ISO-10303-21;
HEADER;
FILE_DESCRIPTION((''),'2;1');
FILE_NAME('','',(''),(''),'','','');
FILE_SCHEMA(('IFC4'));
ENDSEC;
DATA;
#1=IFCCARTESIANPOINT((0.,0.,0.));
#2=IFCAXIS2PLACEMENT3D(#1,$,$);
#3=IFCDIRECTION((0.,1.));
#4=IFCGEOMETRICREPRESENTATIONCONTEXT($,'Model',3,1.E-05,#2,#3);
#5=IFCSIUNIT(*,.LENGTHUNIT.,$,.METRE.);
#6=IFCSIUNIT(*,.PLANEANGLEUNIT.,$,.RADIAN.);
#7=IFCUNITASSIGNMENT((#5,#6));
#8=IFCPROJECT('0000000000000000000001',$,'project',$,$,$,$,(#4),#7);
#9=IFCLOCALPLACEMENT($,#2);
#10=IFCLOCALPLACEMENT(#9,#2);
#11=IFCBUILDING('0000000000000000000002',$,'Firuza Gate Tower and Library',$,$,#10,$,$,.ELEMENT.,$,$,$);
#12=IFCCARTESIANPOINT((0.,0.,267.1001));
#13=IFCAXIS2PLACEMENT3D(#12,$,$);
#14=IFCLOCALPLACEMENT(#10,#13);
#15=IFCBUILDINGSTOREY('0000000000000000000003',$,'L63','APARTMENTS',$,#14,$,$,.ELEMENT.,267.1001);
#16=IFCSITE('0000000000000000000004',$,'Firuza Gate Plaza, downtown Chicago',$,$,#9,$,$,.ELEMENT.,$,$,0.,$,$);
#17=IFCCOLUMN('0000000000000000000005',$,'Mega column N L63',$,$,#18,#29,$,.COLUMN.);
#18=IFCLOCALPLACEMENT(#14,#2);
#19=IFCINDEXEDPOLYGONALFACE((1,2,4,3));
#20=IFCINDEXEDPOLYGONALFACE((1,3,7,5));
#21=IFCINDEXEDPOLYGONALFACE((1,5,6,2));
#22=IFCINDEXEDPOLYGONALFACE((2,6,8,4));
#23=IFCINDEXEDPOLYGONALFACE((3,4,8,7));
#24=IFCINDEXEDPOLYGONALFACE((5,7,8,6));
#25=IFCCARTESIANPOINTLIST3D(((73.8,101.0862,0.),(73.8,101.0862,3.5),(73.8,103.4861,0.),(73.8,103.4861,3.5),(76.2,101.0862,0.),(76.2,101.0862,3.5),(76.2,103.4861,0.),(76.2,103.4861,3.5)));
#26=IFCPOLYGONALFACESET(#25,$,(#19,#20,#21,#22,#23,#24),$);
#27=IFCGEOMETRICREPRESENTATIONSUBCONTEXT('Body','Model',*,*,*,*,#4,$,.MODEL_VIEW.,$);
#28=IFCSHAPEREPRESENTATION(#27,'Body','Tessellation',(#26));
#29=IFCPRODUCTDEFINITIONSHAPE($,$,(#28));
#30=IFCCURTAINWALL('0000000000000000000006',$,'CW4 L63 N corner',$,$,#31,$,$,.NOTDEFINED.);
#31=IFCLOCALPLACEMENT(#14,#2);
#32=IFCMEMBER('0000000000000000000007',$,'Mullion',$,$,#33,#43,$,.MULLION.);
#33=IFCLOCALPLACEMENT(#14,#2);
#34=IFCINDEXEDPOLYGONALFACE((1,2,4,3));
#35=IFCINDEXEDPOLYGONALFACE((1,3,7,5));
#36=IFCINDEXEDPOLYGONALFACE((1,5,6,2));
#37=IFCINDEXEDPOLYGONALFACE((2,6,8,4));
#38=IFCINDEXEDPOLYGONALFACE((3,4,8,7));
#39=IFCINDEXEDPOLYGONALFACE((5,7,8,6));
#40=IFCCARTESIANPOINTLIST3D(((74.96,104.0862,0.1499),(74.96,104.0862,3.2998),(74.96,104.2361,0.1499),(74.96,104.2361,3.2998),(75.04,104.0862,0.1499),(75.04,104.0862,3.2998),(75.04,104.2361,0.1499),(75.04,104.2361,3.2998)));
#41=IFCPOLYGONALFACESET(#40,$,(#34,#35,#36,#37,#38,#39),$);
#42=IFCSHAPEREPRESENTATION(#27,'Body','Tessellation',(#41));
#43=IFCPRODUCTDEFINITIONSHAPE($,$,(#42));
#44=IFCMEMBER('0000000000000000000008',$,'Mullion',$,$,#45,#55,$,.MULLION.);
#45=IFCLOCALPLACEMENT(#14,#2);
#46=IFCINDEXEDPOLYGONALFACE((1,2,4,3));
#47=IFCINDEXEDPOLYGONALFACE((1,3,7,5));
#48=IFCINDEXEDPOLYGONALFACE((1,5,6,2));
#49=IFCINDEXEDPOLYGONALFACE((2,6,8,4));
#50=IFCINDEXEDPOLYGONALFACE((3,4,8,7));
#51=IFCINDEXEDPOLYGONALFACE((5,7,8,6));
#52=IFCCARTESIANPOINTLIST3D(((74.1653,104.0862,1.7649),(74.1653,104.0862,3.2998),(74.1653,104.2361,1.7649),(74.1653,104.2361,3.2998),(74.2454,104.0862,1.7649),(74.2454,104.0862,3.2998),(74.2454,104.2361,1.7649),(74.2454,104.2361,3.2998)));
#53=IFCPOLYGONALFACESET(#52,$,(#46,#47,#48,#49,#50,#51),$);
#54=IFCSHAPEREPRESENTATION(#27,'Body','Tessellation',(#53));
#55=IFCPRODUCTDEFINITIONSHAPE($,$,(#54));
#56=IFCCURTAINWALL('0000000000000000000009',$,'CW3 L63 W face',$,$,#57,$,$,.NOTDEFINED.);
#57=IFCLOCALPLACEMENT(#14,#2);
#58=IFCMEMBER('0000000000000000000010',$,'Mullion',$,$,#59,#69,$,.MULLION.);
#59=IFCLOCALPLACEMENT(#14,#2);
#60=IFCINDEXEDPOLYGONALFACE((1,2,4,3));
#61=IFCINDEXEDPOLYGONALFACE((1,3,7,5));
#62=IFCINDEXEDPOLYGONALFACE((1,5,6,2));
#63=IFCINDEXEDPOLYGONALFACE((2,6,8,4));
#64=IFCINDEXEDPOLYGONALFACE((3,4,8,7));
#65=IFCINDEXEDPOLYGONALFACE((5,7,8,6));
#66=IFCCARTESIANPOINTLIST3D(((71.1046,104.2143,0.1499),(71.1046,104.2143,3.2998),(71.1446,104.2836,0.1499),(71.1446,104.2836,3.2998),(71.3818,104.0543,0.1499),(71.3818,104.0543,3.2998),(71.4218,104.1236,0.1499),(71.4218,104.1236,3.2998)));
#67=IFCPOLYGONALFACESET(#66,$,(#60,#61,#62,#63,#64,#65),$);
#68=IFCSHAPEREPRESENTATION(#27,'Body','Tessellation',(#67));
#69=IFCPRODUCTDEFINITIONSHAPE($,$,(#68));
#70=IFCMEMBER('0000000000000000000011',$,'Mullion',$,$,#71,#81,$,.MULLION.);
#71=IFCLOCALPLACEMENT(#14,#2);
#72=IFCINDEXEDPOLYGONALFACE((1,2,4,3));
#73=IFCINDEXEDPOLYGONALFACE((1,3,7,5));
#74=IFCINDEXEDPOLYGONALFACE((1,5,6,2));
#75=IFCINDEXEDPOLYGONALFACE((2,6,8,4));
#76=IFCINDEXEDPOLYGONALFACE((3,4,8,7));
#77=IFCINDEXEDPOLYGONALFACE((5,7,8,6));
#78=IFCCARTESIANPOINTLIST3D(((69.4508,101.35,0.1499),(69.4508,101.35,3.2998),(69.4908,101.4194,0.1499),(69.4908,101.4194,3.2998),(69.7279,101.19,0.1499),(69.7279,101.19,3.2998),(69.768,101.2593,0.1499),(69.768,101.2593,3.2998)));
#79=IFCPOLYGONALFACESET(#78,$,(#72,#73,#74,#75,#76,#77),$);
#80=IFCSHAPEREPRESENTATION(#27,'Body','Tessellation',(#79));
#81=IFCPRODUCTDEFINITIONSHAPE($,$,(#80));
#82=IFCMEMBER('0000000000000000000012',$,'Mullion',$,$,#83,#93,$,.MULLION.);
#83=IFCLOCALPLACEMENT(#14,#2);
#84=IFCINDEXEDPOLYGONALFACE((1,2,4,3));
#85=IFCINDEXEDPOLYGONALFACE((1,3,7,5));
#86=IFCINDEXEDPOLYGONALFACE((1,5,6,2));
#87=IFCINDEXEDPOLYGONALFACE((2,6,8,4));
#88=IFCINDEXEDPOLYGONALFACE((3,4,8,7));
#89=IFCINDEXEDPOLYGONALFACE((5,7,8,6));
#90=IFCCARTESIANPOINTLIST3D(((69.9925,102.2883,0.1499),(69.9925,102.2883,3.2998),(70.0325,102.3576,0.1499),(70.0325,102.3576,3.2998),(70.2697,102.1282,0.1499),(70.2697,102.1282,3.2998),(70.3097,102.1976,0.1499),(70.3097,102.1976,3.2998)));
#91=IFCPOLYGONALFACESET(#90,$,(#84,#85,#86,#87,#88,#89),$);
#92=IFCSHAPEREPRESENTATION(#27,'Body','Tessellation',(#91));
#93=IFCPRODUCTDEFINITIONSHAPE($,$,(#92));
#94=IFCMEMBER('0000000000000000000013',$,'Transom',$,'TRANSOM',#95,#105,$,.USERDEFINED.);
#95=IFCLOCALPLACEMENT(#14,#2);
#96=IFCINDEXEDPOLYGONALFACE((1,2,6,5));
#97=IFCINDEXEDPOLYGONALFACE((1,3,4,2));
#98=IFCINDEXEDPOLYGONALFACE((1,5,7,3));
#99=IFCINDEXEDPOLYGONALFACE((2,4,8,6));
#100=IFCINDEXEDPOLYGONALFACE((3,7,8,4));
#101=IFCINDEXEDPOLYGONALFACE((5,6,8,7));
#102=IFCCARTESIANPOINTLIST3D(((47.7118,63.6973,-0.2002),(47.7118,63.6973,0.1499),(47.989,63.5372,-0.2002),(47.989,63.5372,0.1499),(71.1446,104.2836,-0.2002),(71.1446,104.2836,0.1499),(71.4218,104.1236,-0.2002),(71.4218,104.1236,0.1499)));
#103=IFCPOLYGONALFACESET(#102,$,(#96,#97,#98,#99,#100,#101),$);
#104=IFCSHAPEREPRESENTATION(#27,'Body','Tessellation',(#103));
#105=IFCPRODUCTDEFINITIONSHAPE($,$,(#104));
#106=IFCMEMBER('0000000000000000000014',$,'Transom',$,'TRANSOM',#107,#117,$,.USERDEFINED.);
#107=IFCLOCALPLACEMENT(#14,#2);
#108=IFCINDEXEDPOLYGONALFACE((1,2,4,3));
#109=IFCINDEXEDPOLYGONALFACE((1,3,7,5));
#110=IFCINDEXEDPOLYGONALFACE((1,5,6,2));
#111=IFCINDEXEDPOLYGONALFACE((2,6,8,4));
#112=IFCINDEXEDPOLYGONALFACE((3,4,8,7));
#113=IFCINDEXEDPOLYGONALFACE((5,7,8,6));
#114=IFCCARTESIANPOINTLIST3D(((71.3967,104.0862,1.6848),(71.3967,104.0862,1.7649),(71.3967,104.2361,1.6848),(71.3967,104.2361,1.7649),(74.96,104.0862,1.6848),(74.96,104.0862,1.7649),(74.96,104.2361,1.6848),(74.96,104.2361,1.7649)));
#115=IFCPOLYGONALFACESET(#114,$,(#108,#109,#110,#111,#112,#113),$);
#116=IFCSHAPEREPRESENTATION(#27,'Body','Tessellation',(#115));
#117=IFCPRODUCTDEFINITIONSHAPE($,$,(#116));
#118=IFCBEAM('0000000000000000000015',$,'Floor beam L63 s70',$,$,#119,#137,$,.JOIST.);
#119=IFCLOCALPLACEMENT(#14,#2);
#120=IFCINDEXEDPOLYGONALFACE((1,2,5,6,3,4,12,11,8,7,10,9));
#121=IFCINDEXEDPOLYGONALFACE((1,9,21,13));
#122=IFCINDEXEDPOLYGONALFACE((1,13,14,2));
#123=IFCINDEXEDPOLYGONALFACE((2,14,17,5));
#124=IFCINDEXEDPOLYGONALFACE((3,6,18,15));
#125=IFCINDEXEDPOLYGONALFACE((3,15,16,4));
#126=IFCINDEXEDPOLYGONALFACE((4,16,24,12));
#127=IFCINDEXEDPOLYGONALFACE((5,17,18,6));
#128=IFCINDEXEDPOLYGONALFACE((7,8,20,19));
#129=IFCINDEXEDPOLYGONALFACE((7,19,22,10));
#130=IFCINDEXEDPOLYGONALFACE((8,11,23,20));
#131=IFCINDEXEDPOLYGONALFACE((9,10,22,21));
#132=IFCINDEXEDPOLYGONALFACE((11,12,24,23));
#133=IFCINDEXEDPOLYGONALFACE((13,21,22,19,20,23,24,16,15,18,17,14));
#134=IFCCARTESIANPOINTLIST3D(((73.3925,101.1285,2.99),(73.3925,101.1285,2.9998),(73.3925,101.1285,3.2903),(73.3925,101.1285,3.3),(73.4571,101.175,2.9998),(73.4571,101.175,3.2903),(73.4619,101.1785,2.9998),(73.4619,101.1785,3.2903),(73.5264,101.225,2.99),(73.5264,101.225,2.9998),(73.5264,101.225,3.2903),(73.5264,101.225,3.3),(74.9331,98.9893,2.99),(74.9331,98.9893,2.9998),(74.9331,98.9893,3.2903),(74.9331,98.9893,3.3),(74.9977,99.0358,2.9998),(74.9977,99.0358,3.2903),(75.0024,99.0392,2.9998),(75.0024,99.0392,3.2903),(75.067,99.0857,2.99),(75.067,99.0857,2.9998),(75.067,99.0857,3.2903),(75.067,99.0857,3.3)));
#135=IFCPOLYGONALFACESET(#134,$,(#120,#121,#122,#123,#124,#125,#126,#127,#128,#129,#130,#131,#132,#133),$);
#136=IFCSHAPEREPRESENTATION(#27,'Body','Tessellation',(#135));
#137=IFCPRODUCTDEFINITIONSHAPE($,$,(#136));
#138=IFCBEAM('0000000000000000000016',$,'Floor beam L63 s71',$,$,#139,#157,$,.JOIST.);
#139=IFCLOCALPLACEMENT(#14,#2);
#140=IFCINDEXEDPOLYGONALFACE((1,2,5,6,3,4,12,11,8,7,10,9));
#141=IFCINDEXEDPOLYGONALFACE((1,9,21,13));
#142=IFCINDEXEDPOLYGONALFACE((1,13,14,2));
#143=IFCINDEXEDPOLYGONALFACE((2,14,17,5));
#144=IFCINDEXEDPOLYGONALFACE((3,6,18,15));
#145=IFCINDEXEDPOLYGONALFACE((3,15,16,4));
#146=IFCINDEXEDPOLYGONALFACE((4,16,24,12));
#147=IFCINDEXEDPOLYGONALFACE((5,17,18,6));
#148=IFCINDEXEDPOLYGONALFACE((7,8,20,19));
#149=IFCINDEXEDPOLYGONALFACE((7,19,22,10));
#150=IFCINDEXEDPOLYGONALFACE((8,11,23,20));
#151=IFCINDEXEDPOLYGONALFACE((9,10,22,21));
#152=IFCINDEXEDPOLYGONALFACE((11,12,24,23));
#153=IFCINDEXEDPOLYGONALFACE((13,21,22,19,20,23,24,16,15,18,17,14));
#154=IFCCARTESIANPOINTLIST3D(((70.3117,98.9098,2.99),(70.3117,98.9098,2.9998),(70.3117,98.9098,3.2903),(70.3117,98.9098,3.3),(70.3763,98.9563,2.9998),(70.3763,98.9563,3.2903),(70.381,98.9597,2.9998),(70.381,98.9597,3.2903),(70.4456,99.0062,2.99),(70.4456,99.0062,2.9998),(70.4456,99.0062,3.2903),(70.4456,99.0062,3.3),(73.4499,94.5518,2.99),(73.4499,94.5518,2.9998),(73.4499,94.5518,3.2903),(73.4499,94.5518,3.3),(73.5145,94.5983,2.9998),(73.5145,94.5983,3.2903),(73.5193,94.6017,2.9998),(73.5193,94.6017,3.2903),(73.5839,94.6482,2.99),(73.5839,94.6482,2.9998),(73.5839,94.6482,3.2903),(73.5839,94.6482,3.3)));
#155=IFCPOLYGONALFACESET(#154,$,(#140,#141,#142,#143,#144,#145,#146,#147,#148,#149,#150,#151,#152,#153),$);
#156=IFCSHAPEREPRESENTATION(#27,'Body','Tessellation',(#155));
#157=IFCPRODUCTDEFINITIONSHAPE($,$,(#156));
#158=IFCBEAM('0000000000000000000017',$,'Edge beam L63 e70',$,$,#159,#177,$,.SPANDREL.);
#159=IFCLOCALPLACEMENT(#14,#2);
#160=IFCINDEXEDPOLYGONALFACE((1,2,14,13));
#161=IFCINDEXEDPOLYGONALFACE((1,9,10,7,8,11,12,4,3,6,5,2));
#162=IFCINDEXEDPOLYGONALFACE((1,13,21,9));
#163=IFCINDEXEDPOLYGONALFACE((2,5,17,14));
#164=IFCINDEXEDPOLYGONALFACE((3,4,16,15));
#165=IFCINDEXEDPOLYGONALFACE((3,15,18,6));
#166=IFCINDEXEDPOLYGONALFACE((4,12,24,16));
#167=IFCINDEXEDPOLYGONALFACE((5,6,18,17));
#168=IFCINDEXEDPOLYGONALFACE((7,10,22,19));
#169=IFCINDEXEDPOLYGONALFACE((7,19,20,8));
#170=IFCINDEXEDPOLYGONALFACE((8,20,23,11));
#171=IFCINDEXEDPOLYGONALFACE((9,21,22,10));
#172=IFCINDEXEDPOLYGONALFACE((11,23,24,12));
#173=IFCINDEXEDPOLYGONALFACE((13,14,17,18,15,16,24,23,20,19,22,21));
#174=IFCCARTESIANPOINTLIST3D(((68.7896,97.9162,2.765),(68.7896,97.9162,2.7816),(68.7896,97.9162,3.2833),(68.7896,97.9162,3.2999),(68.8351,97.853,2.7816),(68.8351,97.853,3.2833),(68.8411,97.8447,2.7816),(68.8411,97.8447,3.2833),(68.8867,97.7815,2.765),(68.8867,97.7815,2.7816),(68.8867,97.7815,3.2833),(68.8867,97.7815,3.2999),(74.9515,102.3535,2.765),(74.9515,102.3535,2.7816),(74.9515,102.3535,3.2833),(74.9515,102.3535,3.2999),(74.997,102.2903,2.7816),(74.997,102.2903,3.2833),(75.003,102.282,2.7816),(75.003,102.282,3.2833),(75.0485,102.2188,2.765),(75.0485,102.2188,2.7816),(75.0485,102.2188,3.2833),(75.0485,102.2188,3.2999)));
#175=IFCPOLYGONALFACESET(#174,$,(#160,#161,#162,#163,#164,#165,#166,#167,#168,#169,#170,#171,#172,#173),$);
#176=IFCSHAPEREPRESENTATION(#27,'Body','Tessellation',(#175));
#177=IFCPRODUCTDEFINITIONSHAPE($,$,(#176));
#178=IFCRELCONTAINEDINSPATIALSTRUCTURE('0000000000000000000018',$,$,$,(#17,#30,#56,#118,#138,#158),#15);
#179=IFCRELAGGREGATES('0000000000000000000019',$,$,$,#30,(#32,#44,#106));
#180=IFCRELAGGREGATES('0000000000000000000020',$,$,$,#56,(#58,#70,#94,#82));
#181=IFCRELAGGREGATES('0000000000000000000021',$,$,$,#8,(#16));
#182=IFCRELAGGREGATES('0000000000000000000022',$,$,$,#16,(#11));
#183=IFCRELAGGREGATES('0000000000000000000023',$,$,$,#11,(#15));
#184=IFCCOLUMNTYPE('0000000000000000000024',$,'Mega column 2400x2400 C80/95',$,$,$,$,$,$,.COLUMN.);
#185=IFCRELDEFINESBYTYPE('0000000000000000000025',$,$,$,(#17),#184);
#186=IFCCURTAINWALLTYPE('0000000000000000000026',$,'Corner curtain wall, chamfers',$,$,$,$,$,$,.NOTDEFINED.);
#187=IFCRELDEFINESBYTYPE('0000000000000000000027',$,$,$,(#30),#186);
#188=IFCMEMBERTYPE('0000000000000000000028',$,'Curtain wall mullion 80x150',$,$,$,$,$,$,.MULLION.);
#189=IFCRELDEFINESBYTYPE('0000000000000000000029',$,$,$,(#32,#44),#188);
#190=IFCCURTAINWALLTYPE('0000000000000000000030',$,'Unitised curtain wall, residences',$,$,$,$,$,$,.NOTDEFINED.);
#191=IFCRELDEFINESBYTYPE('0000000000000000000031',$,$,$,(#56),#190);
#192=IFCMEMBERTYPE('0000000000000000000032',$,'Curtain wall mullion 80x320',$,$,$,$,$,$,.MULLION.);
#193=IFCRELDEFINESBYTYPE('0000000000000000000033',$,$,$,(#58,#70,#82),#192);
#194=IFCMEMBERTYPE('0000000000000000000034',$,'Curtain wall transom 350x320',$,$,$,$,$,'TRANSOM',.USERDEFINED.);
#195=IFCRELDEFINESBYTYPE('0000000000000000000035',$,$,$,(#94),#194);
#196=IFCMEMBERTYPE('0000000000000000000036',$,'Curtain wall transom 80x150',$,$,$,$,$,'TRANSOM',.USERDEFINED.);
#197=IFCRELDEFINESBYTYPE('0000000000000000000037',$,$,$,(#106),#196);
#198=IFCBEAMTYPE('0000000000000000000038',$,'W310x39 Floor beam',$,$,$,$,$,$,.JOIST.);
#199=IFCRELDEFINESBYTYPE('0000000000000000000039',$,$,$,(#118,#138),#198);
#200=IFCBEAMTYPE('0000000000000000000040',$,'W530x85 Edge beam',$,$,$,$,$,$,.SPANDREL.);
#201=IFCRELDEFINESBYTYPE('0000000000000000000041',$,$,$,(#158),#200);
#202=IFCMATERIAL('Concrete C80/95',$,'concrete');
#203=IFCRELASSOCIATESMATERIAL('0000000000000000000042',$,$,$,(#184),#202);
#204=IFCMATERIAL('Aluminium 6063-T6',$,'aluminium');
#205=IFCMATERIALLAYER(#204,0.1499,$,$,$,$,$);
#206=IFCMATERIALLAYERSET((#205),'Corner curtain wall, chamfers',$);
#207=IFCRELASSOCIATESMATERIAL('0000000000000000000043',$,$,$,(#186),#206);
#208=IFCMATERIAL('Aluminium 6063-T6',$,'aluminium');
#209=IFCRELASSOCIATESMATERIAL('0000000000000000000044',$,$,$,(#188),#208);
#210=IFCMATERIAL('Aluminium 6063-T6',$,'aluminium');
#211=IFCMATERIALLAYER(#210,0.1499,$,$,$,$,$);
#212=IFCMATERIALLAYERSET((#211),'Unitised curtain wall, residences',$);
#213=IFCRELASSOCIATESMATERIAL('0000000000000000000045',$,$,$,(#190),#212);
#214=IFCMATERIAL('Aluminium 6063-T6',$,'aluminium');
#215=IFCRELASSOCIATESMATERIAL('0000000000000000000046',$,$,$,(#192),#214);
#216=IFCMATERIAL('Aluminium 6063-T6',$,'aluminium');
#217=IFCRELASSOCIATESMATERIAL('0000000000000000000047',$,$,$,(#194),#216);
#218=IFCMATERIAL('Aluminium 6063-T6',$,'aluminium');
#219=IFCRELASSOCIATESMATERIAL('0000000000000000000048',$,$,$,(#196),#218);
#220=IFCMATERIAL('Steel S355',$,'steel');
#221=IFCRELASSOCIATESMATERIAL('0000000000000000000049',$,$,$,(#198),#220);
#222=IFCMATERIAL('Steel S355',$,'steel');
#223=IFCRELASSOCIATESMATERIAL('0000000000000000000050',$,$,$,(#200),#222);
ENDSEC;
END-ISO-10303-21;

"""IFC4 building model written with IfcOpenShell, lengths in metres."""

from ifc_helpers import new_model, si_unit, direction, frame, origin, origin_2d, place, context, subcontext, project, spatial, rectangle, i_section, extrude, material, layer, layer_set, material_profile, profile_set, type_object, element, aggregate, save


model = new_model("IFC4")

# Units and contexts
model_context = context("Model", 3, precision=1e-05, world=origin(), true_north=direction((0.0, 1.0)))
body_context = subcontext(model_context, "Body", "Model", "MODEL_VIEW")
ifc_project = project(units=[si_unit("LENGTHUNIT", "METRE"), si_unit("PLANEANGLEUNIT", "RADIAN")], contexts=[model_context])

# Site, building, storey
site_placement = place(None, origin())
site = spatial("IfcSite", under=ifc_project, at=site_placement, Name="Firuza Gate Plaza, downtown Chicago", CompositionType="ELEMENT", RefElevation=0.0)
building_placement = place(site_placement, origin())
building = spatial("IfcBuilding", under=site, at=building_placement, Name="Firuza Gate Tower and Library", CompositionType="ELEMENT")
storey_placement = place(building_placement, frame((0.0, 0.0, 267.1001)))
storey = spatial("IfcBuildingStorey", under=building, at=storey_placement, Name="L63", Description="APARTMENTS", CompositionType="ELEMENT", Elevation=267.1001)

# Column
ifc_material_1 = material(Name="Concrete C80/95", Category="concrete")
ifc_material_profile_1 = material_profile(ifc_material_1, rectangle(XDim=2.3999, YDim=2.3999, at=origin_2d()))
ifc_profile_set_1 = profile_set([ifc_material_profile_1], Name="Concrete C80/95")
column_type = type_object("IfcColumnType", Name="Mega column 2400x2400 C80/95", PredefinedType="COLUMN", material=ifc_profile_set_1)
column_placement = place(storey_placement, frame((75.0, 102.2861, 0.0), z_axis=(0.0, 0.0, 1.0), x_axis=(-1.0, 0.0, 0.0)))
element("IfcColumn", 1, at=column_placement, inside=storey, type_object=column_type, Name="Mega column N L63", PredefinedType="COLUMN", context=body_context, shape_type="SweptSolid", body=[
    extrude(rectangle(XDim=2.3999, YDim=2.3999, at=origin_2d()), origin(), (0.0, 0.0, 1.0), 3.5),
])

# Curtain walls, members
ifc_material_2 = material(Name="Aluminium 6063-T6", Category="aluminium")
ifc_layer_1 = layer(ifc_material_2, 0.1499)
ifc_layer_set_1 = layer_set([ifc_layer_1], Name="Corner curtain wall, chamfers")
curtain_wall_type_1 = type_object("IfcCurtainWallType", Name="Corner curtain wall, chamfers", PredefinedType="NOTDEFINED", material=ifc_layer_set_1)
placement = place(storey_placement, origin())
curtain_wall_1 = element("IfcCurtainWall", 2, at=placement, inside=storey, type_object=curtain_wall_type_1, Name="CW4 L63 N corner", PredefinedType="NOTDEFINED")
ifc_material_3 = material(Name="Aluminium 6063-T6", Category="aluminium")
ifc_material_profile_2 = material_profile(ifc_material_3, rectangle(XDim=0.1499, YDim=0.0801, at=origin_2d()))
ifc_profile_set_2 = profile_set([ifc_material_profile_2], Name="Aluminium 6063-T6")
member_type_1 = type_object("IfcMemberType", Name="Curtain wall mullion 80x150", PredefinedType="MULLION", material=ifc_profile_set_2)
member_1_placement = place(storey_placement, frame((75.0, 104.1611, 0.1499), z_axis=(0.0, 0.0, 1.0), x_axis=(0.0, -1.0, 0.0)))
member_1 = element("IfcMember", 3, at=member_1_placement, type_object=member_type_1, Name="Mullion", PredefinedType="MULLION", context=body_context, shape_type="SweptSolid", body=[
    extrude(rectangle(XDim=0.1499, YDim=0.0801, at=origin_2d()), origin(), (0.0, 0.0, 1.0), 3.1499),
])
member_2_placement = place(storey_placement, frame((74.2053, 104.1611, 1.7649), z_axis=(0.0, 0.0, 1.0), x_axis=(0.0, -1.0, 0.0)))
member_2 = element("IfcMember", 4, at=member_2_placement, type_object=member_type_1, Name="Mullion", PredefinedType="MULLION", context=body_context, shape_type="SweptSolid", body=[
    extrude(rectangle(XDim=0.1499, YDim=0.0801, at=origin_2d()), origin(), (0.0, 0.0, 1.0), 1.5349),
])
ifc_material_4 = material(Name="Aluminium 6063-T6", Category="aluminium")
ifc_layer_2 = layer(ifc_material_4, 0.1499)
ifc_layer_set_2 = layer_set([ifc_layer_2], Name="Unitised curtain wall, residences")
curtain_wall_type_2 = type_object("IfcCurtainWallType", Name="Unitised curtain wall, residences", PredefinedType="NOTDEFINED", material=ifc_layer_set_2)
curtain_wall_2 = element("IfcCurtainWall", 5, at=placement, inside=storey, type_object=curtain_wall_type_2, Name="CW3 L63 W face", PredefinedType="NOTDEFINED")
ifc_material_5 = material(Name="Aluminium 6063-T6", Category="aluminium")
ifc_material_profile_3 = material_profile(ifc_material_5, rectangle(XDim=0.3201, YDim=0.0801, at=origin_2d()))
ifc_profile_set_3 = profile_set([ifc_material_profile_3], Name="Aluminium 6063-T6")
member_type_2 = type_object("IfcMemberType", Name="Curtain wall mullion 80x320", PredefinedType="MULLION", material=ifc_profile_set_3)
member_3_placement = place(storey_placement, frame((71.2632, 104.1689, 0.1499), z_axis=(0.0, 0.0, 1.0), x_axis=(0.866025, -0.5, 0.0)))
member_3 = element("IfcMember", 6, at=member_3_placement, type_object=member_type_2, Name="Mullion", PredefinedType="MULLION", context=body_context, shape_type="SweptSolid", body=[
    extrude(rectangle(XDim=0.3201, YDim=0.0801, at=origin_2d()), origin(), (0.0, 0.0, 1.0), 3.1499),
])
member_4_placement = place(storey_placement, frame((69.6094, 101.3047, 0.1499), z_axis=(0.0, 0.0, 1.0), x_axis=(0.866025, -0.5, 0.0)))
member_4 = element("IfcMember", 7, at=member_4_placement, type_object=member_type_2, Name="Mullion", PredefinedType="MULLION", context=body_context, shape_type="SweptSolid", body=[
    extrude(rectangle(XDim=0.3201, YDim=0.0801, at=origin_2d()), origin(), (0.0, 0.0, 1.0), 3.1499),
])
member_5_placement = place(storey_placement, frame((70.1511, 102.2429, 0.1499), z_axis=(0.0, 0.0, 1.0), x_axis=(0.866025, -0.5, 0.0)))
member_5 = element("IfcMember", 8, at=member_5_placement, type_object=member_type_2, Name="Mullion", PredefinedType="MULLION", context=body_context, shape_type="SweptSolid", body=[
    extrude(rectangle(XDim=0.3201, YDim=0.0801, at=origin_2d()), origin(), (0.0, 0.0, 1.0), 3.1499),
])
ifc_material_6 = material(Name="Aluminium 6063-T6", Category="aluminium")
ifc_material_profile_4 = material_profile(ifc_material_6, rectangle(XDim=0.3201, YDim=0.3501, at=origin_2d()))
ifc_profile_set_4 = profile_set([ifc_material_profile_4], Name="Aluminium 6063-T6")
member_type_3 = type_object("IfcMemberType", Name="Curtain wall transom 350x320", ElementType="TRANSOM", PredefinedType="USERDEFINED", material=ifc_profile_set_4)
member_6_placement = place(storey_placement, frame((71.2832, 104.2036, -0.0251), z_axis=(-0.500004, -0.866023, 0.0), x_axis=(0.866023, -0.500004, 0.0)))
member_6 = element("IfcMember", 9, at=member_6_placement, type_object=member_type_3, Name="Transom", ObjectType="TRANSOM", PredefinedType="USERDEFINED", context=body_context, shape_type="SweptSolid", body=[
    extrude(rectangle(XDim=0.3201, YDim=0.3501, at=origin_2d()), origin(), (0.0, 0.0, 1.0), 46.8652),
])

# Member
ifc_material_7 = material(Name="Aluminium 6063-T6", Category="aluminium")
ifc_material_profile_5 = material_profile(ifc_material_7, rectangle(XDim=0.1499, YDim=0.0801, at=origin_2d()))
ifc_profile_set_5 = profile_set([ifc_material_profile_5], Name="Aluminium 6063-T6")
member_type_4 = type_object("IfcMemberType", Name="Curtain wall transom 80x150", ElementType="TRANSOM", PredefinedType="USERDEFINED", material=ifc_profile_set_5)
member_7_placement = place(storey_placement, frame((74.96, 104.1611, 1.7249), z_axis=(-1.0, 0.0, 0.0), x_axis=(0.0, -1.0, 0.0)))
member_7 = element("IfcMember", 10, at=member_7_placement, type_object=member_type_4, Name="Transom", ObjectType="TRANSOM", PredefinedType="USERDEFINED", context=body_context, shape_type="SweptSolid", body=[
    extrude(rectangle(XDim=0.1499, YDim=0.0801, at=origin_2d()), origin(), (0.0, 0.0, 1.0), 3.5632),
])

# Beams
ifc_material_8 = material(Name="Steel S355", Category="steel")
ifc_material_profile_6 = material_profile(ifc_material_8, i_section(OverallWidth=0.165, OverallDepth=0.3101, WebThickness=0.0059, FlangeThickness=0.0098, at=origin_2d()))
ifc_profile_set_6 = profile_set([ifc_material_profile_6], Name="Steel S355")
beam_type_1 = type_object("IfcBeamType", Name="W310x39 Floor beam", PredefinedType="JOIST", material=ifc_profile_set_6)
beam_1_placement = place(storey_placement, frame((73.4595, 101.1768, 3.145), z_axis=(0.584388, -0.811475, 0.0), x_axis=(0.811475, 0.584388, 0.0)))
element("IfcBeam", 11, at=beam_1_placement, inside=storey, type_object=beam_type_1, Name="Floor beam L63 s70", PredefinedType="JOIST", context=body_context, shape_type="SweptSolid", body=[
    extrude(i_section(OverallWidth=0.165, OverallDepth=0.3101, WebThickness=0.0059, FlangeThickness=0.0098, at=origin_2d()), origin(), (0.0, 0.0, 1.0), 2.6362),
])
beam_2_placement = place(storey_placement, frame((70.3787, 98.958, 3.145), z_axis=(0.584365, -0.811491, 0.0), x_axis=(0.811491, 0.584365, 0.0)))
element("IfcBeam", 12, at=beam_2_placement, inside=storey, type_object=beam_type_1, Name="Floor beam L63 s71", PredefinedType="JOIST", context=body_context, shape_type="SweptSolid", body=[
    extrude(i_section(OverallWidth=0.165, OverallDepth=0.3101, WebThickness=0.0059, FlangeThickness=0.0098, at=origin_2d()), origin(), (0.0, 0.0, 1.0), 5.3704),
])
ifc_material_9 = material(Name="Steel S355", Category="steel")
ifc_material_profile_7 = material_profile(ifc_material_9, i_section(OverallWidth=0.166, OverallDepth=0.5349, WebThickness=0.0103, FlangeThickness=0.0166, at=origin_2d()))
ifc_profile_set_7 = profile_set([ifc_material_profile_7], Name="Steel S355")
beam_type_2 = type_object("IfcBeamType", Name="W530x85 Edge beam", PredefinedType="SPANDREL", material=ifc_profile_set_7)
beam_3_placement = place(storey_placement, frame((75.0, 102.2861, 3.0325), z_axis=(-0.81149, -0.584367, 0.0), x_axis=(0.584367, -0.81149, 0.0)))
element("IfcBeam", 13, at=beam_3_placement, inside=storey, type_object=beam_type_2, Name="Edge beam L63 e70", PredefinedType="SPANDREL", context=body_context, shape_type="SweptSolid", body=[
    extrude(i_section(OverallWidth=0.166, OverallDepth=0.5349, WebThickness=0.0103, FlangeThickness=0.0166, at=origin_2d()), origin(), (0.0, 0.0, 1.0), 7.5933),
])

aggregate(curtain_wall_1, [member_1, member_2, member_7])
aggregate(curtain_wall_2, [member_3, member_4, member_6, member_5])

save(model, "model.ifc")
